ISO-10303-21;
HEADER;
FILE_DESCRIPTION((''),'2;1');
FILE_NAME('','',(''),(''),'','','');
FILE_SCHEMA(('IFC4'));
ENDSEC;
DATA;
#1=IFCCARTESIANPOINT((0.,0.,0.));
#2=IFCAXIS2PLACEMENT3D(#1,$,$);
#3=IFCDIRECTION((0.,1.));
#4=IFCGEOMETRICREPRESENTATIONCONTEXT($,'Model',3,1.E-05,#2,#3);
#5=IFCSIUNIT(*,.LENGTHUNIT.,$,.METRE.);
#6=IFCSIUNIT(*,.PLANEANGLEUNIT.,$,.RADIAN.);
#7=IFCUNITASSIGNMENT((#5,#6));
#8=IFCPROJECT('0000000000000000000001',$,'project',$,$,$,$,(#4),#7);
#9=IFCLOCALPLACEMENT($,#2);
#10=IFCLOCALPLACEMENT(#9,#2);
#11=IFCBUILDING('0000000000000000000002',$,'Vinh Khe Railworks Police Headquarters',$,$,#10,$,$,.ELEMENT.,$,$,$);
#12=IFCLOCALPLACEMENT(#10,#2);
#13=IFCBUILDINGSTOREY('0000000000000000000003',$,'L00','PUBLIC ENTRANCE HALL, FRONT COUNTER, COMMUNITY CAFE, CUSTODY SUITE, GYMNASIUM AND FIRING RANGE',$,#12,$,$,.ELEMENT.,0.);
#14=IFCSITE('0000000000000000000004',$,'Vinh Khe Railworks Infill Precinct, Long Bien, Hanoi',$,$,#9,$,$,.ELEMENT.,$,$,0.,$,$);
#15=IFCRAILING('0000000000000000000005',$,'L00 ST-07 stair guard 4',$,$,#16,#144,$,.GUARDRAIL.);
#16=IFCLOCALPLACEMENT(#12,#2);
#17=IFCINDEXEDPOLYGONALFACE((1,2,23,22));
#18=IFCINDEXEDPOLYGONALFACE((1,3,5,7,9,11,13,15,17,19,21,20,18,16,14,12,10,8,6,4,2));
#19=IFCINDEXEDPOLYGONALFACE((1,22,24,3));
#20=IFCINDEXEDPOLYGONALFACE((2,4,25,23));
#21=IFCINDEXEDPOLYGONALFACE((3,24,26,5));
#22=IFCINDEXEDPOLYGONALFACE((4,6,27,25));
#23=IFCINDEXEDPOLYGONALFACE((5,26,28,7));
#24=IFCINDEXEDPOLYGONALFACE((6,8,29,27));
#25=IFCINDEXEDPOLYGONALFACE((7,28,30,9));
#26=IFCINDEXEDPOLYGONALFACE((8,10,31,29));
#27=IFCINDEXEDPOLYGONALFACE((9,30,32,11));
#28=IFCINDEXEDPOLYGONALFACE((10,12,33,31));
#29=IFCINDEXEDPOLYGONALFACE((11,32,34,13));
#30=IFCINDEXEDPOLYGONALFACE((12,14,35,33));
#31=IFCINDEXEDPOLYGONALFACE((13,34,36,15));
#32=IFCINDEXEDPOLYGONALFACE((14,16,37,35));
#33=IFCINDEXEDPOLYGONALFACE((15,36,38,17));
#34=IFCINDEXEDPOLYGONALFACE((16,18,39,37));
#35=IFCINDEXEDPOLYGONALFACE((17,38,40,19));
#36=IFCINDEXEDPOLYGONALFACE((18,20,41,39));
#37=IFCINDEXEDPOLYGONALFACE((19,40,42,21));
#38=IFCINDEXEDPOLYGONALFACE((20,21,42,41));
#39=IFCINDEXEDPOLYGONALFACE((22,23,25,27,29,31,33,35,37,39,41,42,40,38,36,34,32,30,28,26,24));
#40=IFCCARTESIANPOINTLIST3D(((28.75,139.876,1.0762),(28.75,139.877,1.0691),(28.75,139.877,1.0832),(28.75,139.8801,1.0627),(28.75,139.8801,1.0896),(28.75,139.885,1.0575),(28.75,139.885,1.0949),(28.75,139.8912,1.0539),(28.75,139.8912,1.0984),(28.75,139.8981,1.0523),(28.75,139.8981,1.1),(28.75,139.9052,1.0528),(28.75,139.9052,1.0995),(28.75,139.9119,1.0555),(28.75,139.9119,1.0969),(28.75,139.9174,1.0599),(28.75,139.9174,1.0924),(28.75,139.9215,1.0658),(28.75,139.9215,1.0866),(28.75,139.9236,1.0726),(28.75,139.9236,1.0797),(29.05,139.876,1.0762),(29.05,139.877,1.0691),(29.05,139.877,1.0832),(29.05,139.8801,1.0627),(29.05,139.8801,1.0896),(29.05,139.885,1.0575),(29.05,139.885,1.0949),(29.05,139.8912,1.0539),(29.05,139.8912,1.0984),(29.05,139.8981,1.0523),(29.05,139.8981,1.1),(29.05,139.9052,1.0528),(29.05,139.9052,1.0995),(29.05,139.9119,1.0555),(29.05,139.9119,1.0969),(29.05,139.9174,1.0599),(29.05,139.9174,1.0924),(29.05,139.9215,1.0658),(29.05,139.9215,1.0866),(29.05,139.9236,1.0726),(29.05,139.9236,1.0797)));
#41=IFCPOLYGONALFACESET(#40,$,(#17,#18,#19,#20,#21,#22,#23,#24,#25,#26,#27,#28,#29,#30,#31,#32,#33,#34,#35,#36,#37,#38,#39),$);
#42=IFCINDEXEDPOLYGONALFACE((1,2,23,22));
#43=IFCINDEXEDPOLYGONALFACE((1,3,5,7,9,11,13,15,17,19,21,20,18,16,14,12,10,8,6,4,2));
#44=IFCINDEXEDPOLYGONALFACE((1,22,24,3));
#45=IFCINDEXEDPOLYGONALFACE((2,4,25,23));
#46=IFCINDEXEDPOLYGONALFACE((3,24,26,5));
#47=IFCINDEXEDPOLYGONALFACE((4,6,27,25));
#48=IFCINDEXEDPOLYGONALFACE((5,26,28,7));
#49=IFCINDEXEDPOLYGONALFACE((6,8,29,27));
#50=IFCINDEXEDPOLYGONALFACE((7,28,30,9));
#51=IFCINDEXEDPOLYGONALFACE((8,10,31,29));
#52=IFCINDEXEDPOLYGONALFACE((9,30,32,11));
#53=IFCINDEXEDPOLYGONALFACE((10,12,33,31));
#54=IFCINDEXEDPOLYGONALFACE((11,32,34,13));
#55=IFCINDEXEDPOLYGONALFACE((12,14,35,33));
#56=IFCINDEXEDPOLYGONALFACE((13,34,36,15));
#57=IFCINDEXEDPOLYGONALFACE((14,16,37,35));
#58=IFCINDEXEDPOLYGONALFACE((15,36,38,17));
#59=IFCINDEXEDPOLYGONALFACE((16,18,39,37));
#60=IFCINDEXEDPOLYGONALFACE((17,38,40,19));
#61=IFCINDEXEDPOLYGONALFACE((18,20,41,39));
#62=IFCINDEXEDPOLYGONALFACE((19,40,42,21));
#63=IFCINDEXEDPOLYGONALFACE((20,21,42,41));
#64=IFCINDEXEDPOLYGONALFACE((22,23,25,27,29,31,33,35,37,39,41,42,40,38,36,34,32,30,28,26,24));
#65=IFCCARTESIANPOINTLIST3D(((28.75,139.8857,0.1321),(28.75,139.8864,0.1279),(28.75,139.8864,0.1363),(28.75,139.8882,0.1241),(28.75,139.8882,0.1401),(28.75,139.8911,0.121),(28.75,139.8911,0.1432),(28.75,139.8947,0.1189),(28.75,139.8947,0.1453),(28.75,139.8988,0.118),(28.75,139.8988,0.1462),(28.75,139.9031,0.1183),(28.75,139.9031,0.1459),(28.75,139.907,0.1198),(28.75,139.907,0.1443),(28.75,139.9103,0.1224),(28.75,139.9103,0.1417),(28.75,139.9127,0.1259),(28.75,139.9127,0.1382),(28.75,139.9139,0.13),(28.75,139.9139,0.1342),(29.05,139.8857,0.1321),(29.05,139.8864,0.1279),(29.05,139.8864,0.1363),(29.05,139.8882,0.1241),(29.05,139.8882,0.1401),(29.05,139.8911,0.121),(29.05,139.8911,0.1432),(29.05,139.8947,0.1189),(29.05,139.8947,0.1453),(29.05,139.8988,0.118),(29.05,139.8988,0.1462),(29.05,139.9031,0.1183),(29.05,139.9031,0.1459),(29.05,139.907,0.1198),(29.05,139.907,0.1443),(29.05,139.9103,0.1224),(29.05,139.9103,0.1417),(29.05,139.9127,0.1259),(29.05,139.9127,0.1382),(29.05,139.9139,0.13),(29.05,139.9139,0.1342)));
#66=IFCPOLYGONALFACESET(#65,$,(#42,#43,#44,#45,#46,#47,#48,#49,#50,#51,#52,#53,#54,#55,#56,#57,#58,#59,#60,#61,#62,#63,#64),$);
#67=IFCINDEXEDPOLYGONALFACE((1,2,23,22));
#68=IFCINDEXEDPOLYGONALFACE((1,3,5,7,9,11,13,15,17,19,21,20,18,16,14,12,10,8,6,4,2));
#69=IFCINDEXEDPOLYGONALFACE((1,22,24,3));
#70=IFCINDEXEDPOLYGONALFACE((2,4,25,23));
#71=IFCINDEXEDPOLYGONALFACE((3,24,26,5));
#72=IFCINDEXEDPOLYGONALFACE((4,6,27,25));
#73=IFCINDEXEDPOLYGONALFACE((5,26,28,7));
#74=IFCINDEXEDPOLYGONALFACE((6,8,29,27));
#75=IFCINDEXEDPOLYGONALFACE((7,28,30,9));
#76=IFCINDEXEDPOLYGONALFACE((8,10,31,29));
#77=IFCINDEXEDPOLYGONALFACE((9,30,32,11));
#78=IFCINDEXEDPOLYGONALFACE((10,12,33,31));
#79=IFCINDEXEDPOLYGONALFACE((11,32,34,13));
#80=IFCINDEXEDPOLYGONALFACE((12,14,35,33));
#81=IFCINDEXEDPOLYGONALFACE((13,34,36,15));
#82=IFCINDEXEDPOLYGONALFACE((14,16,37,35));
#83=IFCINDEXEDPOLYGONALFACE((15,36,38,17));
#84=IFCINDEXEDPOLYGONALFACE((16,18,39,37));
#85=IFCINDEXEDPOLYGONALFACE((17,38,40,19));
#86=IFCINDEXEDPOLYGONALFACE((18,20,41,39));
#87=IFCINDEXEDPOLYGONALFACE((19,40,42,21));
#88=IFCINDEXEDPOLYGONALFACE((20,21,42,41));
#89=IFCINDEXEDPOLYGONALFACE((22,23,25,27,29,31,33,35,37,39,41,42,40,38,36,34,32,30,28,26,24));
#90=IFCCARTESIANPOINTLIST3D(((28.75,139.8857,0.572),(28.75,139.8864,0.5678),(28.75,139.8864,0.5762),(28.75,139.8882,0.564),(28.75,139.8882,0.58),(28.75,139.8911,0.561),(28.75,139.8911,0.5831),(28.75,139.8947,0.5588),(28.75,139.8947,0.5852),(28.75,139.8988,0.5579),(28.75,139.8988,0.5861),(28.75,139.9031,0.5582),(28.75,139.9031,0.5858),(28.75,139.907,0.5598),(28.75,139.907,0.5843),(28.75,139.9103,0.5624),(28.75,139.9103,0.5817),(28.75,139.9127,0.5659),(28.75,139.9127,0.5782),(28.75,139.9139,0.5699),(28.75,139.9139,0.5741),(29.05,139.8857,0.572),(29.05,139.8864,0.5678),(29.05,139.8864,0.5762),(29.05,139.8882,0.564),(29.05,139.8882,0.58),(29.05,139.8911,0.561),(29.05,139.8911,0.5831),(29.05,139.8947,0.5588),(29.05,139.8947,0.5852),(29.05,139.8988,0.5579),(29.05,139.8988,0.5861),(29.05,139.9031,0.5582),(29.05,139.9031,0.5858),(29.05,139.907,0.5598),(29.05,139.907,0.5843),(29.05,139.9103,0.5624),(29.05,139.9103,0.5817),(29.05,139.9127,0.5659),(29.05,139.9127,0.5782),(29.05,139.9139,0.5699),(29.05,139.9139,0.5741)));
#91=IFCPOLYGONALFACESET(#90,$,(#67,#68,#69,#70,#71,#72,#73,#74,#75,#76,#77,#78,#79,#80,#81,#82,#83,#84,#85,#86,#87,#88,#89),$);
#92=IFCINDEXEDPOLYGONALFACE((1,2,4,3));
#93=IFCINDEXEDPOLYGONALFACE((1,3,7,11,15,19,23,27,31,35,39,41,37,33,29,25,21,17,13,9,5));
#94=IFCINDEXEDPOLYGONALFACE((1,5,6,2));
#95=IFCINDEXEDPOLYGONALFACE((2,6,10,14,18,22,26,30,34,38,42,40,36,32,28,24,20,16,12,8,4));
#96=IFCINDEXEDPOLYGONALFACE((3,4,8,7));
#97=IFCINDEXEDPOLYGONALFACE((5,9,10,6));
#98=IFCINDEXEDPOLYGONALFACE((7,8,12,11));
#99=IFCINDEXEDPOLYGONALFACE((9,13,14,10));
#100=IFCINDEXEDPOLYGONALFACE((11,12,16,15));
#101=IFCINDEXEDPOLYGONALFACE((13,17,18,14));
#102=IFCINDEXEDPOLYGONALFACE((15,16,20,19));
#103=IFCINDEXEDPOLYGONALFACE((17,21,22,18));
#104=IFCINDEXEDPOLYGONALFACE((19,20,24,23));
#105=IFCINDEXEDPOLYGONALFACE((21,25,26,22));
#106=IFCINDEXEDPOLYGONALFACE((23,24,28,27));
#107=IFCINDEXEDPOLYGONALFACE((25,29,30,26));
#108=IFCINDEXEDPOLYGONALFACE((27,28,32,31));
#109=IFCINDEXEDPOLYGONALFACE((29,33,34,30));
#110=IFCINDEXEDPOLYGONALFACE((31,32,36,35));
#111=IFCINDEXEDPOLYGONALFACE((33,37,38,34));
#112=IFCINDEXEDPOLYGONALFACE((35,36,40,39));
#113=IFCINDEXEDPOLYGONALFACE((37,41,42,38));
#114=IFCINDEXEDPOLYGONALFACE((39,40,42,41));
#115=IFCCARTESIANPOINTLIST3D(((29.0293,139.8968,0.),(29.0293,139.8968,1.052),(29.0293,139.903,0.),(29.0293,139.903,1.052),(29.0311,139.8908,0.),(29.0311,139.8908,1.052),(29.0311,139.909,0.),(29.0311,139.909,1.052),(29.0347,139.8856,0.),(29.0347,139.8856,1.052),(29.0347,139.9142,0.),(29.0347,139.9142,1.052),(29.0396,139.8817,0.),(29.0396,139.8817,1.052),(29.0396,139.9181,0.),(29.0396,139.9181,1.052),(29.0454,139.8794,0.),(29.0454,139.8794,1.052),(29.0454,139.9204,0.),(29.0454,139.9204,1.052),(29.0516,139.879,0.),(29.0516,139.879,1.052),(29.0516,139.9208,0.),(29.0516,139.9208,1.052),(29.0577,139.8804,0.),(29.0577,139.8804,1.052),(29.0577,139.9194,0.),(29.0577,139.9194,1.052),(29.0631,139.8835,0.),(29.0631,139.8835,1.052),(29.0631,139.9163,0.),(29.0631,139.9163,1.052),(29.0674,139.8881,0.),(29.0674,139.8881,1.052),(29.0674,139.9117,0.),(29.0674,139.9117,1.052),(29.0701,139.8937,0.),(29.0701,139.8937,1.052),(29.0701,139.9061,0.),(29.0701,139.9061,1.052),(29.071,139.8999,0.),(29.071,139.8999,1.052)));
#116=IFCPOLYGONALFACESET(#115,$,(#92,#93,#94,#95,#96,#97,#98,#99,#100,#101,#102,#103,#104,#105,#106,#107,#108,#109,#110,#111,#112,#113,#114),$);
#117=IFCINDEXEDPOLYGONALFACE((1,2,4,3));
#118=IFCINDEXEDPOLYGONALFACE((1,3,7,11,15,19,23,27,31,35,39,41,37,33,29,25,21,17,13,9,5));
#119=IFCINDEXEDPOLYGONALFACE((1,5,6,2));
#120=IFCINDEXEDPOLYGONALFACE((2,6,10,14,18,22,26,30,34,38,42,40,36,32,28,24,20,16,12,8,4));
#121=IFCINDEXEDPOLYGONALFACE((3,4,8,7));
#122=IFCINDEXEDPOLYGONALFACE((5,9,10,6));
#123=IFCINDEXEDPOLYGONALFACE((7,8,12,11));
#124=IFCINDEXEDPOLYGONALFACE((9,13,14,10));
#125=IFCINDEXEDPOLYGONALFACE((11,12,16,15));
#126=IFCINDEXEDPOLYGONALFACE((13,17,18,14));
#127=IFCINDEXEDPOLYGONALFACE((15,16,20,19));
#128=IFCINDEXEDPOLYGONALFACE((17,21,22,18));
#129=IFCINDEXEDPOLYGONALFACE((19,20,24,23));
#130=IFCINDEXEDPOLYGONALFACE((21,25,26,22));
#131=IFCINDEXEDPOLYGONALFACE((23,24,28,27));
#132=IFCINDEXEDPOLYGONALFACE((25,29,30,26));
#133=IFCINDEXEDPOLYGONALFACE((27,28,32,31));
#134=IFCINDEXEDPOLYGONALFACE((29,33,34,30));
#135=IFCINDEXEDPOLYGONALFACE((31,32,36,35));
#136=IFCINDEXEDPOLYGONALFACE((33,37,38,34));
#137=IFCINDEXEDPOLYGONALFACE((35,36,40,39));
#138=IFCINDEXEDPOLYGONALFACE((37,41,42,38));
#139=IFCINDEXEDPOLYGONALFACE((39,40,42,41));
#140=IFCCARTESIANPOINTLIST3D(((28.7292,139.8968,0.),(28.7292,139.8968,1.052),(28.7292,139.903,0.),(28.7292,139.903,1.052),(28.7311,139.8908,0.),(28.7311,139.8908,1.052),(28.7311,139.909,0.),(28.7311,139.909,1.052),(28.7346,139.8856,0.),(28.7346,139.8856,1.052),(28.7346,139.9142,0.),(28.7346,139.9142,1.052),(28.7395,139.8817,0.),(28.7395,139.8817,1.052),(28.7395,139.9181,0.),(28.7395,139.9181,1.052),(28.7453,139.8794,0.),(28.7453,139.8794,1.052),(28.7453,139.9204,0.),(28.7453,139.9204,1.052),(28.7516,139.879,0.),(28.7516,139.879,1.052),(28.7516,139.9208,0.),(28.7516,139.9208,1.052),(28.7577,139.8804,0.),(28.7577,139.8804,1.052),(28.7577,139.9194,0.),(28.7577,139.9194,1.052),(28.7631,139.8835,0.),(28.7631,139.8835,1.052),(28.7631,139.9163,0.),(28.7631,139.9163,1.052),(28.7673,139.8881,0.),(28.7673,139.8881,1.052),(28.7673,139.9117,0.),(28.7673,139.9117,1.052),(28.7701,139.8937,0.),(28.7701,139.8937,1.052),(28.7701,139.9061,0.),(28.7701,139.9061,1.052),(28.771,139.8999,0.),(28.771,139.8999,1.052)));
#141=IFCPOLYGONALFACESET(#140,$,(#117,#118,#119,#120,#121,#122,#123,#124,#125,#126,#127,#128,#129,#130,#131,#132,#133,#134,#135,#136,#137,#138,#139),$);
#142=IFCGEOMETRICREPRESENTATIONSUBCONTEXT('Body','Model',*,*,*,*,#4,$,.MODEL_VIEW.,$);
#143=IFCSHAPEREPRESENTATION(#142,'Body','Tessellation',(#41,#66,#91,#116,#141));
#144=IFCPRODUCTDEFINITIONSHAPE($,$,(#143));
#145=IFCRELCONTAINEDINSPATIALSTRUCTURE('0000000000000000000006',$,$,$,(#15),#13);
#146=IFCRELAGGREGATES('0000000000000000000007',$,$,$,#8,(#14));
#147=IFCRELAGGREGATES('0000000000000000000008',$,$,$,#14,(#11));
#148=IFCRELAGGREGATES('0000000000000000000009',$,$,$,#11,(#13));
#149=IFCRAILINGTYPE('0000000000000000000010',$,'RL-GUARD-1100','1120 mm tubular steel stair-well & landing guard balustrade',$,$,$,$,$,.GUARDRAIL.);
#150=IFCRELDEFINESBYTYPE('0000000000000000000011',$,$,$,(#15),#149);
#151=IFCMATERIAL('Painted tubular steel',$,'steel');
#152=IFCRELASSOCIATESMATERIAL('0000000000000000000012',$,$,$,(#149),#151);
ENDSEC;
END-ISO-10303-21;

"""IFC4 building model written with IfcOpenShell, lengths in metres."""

from ifc_helpers import new_model, si_unit, direction, frame, origin, origin_2d, place, context, subcontext, project, spatial, circle, extrude, material, type_object, element, save


model = new_model("IFC4")

# Units and contexts
model_context = context("Model", 3, precision=1e-05, world=origin(), true_north=direction((0.0, 1.0)))
body_context = subcontext(model_context, "Body", "Model", "MODEL_VIEW")
ifc_project = project(units=[si_unit("LENGTHUNIT", "METRE"), si_unit("PLANEANGLEUNIT", "RADIAN")], contexts=[model_context])

# Site, building, storey
site_placement = place(None, origin())
site = spatial("IfcSite", under=ifc_project, at=site_placement, Name="Vinh Khe Railworks Infill Precinct, Long Bien, Hanoi", CompositionType="ELEMENT", RefElevation=0.0)
building_placement = place(site_placement, origin())
building = spatial("IfcBuilding", under=site, at=building_placement, Name="Vinh Khe Railworks Police Headquarters", CompositionType="ELEMENT")
storey_placement = place(building_placement, origin())
storey = spatial("IfcBuildingStorey", under=building, at=storey_placement, Name="L00", Description="PUBLIC ENTRANCE HALL, FRONT COUNTER, COMMUNITY CAFE, CUSTODY SUITE, GYMNASIUM AND FIRING RANGE", CompositionType="ELEMENT", Elevation=0.0)

# Railing
ifc_material_1 = material(Name="Painted tubular steel", Category="steel")
railing_type_1 = type_object("IfcRailingType", Name="RL-GUARD-1100", Description="1120 mm tubular steel stair-well & landing guard balustrade", PredefinedType="GUARDRAIL", material=ifc_material_1)
railing_1_placement = place(storey_placement, frame((29.05, 139.8999, 0.0)))
element("IfcRailing", 1, at=railing_1_placement, inside=storey, type_object=railing_type_1, Name="L00 ST-07 stair guard 4", PredefinedType="GUARDRAIL", context=body_context, shape_type="SweptSolid", body=[
    extrude(circle(Radius=0.0239, at=origin_2d()), frame((0.0, 0.0, 1.0762), z_axis=(-1.0, 0.0, 0.0), x_axis=(0.0, -1.0, 0.0)), (0.0, 0.0, 1.0), 0.3),
    extrude(circle(Radius=0.0142, at=origin_2d()), frame((0.0, 0.0, 0.1321), z_axis=(-1.0, 0.0, 0.0), x_axis=(0.0, -1.0, 0.0)), (0.0, 0.0, 1.0), 0.3),
    extrude(circle(Radius=0.0142, at=origin_2d()), frame((0.0, 0.0, 0.572), z_axis=(-1.0, 0.0, 0.0), x_axis=(0.0, -1.0, 0.0)), (0.0, 0.0, 1.0), 0.3),
    extrude(circle(Radius=0.021, at=origin_2d()), origin(), (0.0, 0.0, 1.0), 1.052),
    extrude(circle(Radius=0.021, at=origin_2d()), frame((-0.3, 0.0, 0.0)), (0.0, 0.0, 1.0), 1.052),
])

save(model, "model.ifc")
